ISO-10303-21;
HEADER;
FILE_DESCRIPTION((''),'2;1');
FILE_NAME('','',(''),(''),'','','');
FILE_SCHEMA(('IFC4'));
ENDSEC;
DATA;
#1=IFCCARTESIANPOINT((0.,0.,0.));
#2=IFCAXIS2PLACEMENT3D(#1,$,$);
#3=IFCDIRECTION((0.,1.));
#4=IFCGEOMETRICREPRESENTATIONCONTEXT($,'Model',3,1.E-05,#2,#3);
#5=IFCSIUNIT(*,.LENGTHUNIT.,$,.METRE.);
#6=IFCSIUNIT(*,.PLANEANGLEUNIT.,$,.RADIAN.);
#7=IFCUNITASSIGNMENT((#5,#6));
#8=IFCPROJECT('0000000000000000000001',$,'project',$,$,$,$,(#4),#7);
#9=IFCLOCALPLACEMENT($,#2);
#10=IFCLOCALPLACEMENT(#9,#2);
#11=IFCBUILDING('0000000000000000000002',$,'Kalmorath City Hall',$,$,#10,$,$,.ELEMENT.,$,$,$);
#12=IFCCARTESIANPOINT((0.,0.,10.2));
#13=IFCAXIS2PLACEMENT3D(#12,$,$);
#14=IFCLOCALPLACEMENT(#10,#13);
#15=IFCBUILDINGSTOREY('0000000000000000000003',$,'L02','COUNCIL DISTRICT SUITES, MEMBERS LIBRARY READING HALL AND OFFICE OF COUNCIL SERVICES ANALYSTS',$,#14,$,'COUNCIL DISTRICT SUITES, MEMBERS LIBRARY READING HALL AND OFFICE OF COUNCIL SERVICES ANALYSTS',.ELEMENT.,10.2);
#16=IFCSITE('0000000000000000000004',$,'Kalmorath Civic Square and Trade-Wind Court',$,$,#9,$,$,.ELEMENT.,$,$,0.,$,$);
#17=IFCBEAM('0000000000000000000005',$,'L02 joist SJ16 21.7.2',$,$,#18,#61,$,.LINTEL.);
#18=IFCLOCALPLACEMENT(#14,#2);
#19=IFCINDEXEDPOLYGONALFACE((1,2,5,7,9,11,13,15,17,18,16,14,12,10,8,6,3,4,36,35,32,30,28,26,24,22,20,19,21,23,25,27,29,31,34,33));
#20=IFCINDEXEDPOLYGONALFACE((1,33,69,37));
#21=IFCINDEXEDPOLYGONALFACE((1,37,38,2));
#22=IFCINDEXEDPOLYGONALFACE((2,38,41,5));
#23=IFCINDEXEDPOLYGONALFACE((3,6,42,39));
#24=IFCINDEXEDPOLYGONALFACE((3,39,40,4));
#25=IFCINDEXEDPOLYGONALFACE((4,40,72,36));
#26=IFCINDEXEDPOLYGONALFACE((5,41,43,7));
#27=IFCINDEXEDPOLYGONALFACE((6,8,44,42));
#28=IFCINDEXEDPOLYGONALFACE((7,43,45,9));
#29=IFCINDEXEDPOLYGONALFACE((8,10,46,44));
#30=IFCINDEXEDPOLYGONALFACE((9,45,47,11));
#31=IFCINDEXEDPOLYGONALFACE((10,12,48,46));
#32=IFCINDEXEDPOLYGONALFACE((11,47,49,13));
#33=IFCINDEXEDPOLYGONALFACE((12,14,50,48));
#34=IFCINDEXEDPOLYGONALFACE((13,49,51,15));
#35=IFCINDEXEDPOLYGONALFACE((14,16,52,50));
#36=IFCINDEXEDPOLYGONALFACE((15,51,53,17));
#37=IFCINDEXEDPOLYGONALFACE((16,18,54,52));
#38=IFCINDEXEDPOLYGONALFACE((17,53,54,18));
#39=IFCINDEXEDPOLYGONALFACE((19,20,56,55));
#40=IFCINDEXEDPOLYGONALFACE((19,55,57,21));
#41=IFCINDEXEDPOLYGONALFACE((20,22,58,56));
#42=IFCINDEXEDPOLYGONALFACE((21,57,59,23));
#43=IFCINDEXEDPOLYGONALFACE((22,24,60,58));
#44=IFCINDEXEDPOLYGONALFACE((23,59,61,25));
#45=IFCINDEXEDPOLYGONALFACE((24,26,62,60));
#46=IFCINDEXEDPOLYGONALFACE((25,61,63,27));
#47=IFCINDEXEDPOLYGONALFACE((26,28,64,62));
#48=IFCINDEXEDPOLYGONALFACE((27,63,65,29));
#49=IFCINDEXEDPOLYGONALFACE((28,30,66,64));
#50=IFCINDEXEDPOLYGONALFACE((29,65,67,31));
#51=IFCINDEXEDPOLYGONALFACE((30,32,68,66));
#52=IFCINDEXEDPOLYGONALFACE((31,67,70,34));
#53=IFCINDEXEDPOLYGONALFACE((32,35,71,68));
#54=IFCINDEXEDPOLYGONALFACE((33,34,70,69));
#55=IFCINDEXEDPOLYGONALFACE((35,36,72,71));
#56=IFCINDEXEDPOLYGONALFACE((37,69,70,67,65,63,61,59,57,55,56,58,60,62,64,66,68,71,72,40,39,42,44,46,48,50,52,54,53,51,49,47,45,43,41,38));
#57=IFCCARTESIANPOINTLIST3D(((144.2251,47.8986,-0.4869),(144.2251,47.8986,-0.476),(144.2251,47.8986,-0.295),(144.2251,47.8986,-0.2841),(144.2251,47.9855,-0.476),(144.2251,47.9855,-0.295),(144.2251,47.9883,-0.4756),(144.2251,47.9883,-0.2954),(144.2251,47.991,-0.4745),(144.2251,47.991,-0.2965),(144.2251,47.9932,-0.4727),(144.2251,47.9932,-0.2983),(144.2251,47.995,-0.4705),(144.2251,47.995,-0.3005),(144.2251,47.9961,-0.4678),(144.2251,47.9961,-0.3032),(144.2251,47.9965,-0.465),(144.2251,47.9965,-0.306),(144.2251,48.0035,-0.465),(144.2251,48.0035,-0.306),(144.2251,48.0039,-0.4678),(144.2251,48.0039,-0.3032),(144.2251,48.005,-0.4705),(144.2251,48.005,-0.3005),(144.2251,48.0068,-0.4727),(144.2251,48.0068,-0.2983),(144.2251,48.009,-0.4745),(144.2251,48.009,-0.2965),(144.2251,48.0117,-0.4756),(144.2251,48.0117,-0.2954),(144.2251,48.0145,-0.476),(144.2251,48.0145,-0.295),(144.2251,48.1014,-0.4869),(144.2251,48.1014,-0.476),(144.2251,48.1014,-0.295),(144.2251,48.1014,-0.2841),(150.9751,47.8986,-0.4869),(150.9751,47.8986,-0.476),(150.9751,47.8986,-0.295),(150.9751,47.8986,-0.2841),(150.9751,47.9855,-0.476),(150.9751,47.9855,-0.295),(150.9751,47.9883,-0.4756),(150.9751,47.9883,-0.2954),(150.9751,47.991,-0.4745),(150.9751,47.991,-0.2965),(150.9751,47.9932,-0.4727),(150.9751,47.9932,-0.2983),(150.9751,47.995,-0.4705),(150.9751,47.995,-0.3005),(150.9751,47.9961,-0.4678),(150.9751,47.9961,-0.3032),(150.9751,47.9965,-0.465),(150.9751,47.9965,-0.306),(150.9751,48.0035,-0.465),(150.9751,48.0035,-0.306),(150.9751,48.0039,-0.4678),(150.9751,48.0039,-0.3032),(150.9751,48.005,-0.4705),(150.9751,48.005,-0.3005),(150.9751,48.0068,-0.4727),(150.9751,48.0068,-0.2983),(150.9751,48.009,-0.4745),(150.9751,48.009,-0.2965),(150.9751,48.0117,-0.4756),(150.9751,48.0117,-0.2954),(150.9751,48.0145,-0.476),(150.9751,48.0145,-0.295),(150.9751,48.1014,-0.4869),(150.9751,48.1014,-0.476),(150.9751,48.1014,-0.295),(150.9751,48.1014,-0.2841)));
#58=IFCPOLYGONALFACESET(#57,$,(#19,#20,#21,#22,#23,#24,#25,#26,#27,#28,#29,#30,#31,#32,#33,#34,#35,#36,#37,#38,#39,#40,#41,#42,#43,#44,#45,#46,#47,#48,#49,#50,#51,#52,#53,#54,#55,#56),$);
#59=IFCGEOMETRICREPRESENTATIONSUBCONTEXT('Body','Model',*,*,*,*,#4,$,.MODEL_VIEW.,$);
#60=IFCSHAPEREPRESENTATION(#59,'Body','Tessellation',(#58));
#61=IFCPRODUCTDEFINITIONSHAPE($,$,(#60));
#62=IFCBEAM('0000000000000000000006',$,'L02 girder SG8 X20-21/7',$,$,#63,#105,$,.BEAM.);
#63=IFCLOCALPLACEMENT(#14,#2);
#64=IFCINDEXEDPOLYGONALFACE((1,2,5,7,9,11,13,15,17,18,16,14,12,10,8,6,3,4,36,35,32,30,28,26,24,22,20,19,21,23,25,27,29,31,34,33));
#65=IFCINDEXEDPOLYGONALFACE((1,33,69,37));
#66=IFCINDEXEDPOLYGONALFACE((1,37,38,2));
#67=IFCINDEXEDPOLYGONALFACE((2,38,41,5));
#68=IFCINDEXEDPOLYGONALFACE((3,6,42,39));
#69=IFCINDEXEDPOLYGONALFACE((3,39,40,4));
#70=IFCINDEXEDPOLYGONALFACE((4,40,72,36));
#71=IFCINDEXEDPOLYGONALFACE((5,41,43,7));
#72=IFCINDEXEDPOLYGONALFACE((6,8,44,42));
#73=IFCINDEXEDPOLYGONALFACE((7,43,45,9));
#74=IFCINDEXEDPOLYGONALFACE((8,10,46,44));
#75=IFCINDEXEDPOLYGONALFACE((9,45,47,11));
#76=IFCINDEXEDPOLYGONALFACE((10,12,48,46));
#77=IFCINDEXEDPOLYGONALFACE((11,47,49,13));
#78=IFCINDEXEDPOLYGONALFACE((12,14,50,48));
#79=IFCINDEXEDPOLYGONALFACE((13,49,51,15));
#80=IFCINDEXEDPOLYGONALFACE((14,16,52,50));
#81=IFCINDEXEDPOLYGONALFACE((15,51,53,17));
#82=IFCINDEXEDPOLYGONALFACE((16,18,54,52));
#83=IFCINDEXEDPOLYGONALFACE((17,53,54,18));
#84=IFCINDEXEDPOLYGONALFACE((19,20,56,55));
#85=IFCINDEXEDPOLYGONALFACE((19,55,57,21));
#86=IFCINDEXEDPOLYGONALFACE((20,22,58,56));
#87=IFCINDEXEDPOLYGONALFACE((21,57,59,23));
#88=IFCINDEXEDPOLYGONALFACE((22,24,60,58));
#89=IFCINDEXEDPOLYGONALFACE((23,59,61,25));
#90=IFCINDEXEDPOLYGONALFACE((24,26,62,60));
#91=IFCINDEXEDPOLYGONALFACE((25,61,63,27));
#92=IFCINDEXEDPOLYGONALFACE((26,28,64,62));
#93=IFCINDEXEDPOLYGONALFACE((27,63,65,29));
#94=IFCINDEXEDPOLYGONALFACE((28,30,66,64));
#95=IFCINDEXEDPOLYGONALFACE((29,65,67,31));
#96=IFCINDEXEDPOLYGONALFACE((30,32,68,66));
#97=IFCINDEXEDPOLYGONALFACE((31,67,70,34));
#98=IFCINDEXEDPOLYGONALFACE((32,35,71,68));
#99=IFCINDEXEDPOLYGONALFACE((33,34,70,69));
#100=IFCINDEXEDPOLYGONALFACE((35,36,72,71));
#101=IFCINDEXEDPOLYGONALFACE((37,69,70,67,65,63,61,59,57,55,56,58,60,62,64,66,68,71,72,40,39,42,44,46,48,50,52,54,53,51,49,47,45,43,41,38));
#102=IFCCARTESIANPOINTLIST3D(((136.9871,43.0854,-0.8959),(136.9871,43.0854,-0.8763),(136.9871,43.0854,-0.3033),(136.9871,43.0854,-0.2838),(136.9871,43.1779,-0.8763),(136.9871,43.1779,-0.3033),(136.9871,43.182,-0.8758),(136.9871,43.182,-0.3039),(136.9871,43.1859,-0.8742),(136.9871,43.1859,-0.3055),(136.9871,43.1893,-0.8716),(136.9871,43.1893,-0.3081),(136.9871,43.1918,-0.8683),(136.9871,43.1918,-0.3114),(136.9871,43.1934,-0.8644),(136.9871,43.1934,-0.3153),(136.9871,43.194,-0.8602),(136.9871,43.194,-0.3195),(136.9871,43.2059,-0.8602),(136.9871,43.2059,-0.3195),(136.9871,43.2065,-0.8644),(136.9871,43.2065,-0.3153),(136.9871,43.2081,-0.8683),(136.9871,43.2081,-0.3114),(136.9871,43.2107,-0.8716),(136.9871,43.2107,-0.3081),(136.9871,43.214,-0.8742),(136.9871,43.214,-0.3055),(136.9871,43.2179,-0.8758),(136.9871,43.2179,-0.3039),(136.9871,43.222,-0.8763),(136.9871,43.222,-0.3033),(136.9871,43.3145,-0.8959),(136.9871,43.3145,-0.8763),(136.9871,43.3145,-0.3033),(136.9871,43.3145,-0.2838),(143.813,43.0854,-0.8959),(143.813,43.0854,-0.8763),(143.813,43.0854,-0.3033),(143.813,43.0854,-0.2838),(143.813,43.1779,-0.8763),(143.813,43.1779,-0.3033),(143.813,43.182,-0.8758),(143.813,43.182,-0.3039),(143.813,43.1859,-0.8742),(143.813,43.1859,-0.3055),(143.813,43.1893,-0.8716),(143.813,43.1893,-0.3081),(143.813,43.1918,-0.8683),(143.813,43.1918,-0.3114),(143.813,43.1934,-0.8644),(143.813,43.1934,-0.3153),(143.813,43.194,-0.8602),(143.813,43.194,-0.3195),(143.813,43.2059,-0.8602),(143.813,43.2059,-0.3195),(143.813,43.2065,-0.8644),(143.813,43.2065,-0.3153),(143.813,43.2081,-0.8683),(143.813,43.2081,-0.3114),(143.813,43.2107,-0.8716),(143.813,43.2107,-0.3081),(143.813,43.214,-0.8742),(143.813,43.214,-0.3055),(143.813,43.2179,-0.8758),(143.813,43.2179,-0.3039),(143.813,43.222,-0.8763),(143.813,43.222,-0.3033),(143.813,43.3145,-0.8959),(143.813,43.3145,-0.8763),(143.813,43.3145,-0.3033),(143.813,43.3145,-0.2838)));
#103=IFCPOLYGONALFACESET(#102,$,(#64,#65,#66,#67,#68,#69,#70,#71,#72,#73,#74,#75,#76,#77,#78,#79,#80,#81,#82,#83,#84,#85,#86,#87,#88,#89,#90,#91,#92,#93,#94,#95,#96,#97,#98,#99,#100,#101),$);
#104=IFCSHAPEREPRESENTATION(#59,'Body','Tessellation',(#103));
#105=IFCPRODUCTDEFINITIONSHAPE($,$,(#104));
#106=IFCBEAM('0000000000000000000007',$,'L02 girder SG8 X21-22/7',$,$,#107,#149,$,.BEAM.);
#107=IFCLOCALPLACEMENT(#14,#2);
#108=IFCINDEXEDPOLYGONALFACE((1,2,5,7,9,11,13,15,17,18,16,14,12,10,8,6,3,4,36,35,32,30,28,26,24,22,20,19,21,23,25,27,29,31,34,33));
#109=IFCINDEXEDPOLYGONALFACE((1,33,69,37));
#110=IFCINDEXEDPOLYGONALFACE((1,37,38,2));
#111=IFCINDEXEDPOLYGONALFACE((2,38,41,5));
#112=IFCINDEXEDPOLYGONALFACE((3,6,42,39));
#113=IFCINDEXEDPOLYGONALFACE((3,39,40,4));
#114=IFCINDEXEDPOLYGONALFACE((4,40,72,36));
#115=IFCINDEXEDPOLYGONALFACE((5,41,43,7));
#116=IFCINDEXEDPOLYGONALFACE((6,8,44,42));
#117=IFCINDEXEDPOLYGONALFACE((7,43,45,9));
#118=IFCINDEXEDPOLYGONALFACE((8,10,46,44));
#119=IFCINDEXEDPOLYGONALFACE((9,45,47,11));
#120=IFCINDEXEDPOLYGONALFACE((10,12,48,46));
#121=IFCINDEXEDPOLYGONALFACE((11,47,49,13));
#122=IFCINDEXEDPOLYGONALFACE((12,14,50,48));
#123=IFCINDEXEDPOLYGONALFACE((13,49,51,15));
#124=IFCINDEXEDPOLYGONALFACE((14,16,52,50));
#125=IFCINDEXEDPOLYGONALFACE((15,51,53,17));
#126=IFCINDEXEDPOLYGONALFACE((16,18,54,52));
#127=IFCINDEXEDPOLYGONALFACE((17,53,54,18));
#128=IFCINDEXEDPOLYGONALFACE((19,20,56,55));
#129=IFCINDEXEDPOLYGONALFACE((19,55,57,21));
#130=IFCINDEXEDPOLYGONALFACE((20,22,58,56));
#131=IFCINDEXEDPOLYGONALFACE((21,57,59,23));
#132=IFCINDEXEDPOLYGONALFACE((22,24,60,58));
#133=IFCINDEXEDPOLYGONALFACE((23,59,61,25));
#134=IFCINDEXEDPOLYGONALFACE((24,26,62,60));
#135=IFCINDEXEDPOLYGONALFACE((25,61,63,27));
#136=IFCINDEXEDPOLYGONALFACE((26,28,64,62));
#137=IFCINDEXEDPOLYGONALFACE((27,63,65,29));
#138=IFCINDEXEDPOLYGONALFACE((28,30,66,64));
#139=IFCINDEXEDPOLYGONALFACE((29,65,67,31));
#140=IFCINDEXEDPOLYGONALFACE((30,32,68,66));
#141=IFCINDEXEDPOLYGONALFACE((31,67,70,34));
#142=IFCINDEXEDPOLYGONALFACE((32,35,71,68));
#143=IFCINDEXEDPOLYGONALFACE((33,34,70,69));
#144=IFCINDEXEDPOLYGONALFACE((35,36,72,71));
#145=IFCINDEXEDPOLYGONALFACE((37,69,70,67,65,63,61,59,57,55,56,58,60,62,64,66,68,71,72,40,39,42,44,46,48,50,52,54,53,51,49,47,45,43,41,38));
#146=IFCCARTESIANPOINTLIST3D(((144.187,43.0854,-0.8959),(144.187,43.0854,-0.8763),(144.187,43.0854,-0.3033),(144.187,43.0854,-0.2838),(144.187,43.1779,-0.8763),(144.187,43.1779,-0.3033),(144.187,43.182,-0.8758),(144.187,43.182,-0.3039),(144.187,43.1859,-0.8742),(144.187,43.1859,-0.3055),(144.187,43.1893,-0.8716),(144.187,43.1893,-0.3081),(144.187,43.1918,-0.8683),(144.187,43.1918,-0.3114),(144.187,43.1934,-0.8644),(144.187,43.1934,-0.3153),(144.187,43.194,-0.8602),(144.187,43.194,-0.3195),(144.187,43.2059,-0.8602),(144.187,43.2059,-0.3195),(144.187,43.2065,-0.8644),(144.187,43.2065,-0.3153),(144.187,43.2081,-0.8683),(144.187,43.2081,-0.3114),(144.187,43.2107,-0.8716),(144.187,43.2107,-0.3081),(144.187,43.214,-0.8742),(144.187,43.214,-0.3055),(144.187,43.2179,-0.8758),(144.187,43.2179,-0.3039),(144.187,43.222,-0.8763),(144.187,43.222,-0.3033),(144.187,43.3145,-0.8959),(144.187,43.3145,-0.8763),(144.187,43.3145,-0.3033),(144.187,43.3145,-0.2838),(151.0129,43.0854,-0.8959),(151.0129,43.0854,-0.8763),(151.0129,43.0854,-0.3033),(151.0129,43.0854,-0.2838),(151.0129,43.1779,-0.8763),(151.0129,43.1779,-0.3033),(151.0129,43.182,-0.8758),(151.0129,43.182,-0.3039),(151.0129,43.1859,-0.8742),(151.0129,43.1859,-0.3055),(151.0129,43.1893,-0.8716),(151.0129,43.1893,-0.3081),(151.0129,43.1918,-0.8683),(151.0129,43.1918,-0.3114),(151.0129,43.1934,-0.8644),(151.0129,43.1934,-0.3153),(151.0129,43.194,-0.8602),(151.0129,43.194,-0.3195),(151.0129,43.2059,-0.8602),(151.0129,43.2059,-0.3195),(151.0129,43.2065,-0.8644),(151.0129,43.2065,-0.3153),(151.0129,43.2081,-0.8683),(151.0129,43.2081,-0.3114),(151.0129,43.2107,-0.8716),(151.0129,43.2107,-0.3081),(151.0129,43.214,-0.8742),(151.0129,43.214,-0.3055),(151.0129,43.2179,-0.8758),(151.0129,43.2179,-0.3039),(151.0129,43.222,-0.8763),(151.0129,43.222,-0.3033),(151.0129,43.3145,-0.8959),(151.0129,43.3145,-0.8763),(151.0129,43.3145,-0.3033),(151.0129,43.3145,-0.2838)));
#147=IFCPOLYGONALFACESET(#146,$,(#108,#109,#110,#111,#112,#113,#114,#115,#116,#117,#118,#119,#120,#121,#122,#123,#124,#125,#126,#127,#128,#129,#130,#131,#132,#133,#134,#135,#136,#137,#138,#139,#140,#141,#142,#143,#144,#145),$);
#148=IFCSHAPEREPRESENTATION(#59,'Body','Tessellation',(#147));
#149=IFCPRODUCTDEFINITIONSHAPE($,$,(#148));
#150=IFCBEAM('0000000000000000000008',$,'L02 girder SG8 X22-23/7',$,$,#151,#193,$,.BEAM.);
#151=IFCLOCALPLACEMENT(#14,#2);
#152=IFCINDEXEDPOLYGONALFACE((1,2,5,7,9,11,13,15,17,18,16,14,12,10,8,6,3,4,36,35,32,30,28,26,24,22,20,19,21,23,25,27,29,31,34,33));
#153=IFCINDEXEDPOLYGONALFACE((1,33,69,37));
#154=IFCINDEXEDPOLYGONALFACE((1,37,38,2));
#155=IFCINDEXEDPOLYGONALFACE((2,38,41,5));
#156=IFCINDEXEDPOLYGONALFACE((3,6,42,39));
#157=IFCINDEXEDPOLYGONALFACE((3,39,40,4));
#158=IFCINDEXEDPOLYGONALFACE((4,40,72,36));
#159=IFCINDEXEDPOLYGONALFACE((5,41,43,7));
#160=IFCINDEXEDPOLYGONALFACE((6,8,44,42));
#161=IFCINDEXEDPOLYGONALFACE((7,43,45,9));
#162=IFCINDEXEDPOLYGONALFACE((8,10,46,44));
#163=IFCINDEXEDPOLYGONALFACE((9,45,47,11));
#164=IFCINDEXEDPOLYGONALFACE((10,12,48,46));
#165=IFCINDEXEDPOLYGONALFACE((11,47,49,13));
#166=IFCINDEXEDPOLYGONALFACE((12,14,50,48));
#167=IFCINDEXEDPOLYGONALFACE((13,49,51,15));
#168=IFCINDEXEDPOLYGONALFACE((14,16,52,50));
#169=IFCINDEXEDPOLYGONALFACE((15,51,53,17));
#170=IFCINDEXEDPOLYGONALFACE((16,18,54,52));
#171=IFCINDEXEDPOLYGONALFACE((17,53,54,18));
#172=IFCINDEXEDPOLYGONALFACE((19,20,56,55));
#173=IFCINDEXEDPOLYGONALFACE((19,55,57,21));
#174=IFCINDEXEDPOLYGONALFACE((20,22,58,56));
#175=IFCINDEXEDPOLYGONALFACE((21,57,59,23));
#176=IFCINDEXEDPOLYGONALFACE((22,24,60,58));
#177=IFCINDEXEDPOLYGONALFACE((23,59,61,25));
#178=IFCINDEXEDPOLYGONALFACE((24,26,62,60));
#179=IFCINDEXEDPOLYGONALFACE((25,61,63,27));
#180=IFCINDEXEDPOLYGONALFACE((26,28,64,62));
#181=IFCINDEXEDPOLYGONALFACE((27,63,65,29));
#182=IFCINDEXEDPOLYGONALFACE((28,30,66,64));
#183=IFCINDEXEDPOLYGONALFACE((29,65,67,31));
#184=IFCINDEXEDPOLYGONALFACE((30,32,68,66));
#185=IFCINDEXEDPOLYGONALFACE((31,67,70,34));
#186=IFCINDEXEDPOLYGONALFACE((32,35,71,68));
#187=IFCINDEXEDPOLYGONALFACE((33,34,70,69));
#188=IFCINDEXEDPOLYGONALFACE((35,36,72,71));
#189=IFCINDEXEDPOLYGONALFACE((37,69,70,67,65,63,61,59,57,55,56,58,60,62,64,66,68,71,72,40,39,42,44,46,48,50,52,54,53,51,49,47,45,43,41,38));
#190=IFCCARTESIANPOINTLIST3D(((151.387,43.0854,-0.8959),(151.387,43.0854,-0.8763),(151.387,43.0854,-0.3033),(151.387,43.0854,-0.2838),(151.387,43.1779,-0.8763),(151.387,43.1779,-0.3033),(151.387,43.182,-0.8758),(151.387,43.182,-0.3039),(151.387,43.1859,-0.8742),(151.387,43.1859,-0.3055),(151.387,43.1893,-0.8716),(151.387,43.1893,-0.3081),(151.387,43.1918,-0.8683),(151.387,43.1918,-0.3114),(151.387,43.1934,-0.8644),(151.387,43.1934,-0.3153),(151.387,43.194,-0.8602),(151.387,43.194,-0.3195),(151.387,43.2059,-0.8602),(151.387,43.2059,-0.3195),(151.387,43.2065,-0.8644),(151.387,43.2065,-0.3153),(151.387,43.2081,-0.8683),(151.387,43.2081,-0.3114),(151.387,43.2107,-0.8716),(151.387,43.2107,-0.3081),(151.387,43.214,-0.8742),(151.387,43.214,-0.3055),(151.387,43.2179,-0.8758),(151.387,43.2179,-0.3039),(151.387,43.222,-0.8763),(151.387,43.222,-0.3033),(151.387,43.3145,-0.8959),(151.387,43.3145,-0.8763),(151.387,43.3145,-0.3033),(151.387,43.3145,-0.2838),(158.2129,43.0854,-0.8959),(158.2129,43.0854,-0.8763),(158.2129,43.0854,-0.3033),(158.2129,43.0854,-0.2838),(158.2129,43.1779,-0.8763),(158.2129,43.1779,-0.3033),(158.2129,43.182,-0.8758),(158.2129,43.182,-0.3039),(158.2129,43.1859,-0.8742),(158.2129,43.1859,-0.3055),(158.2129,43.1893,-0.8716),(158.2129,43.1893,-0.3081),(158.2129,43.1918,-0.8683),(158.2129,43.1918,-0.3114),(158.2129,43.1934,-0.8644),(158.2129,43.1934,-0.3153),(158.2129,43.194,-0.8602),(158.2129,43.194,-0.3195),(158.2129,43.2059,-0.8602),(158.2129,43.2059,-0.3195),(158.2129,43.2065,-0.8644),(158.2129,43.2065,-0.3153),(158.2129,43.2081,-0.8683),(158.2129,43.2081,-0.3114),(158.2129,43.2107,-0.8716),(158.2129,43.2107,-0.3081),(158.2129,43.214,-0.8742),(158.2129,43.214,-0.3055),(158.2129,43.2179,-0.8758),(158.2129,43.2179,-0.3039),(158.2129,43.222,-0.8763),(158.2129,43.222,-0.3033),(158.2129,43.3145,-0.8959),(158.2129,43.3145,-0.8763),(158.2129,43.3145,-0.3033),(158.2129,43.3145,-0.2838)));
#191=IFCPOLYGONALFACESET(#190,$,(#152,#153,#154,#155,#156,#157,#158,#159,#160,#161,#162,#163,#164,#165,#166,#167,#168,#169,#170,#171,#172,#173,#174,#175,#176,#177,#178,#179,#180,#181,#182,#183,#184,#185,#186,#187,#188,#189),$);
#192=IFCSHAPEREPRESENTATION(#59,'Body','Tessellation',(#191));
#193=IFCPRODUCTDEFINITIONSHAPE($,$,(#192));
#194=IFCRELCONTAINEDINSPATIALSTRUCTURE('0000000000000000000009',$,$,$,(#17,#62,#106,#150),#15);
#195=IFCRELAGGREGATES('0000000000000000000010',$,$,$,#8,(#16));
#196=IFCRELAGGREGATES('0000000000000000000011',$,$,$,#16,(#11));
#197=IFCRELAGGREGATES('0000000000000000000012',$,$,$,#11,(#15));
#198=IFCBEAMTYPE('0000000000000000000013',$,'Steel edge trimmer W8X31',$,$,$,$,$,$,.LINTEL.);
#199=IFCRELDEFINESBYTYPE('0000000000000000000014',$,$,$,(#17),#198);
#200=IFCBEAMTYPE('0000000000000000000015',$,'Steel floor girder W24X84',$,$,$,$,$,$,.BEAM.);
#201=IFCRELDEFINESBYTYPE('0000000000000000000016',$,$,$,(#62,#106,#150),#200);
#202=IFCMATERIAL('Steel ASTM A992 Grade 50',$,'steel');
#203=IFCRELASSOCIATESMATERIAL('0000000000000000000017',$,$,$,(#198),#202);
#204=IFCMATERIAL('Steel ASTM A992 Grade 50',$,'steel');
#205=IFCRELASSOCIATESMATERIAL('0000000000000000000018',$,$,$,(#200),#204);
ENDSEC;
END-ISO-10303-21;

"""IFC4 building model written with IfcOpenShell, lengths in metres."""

from ifc_helpers import new_model, si_unit, direction, frame, origin, origin_2d, place, context, subcontext, project, spatial, i_section, extrude, material, material_profile, profile_set, type_object, element, save


model = new_model("IFC4")

# Units and contexts
model_context = context("Model", 3, precision=1e-05, world=origin(), true_north=direction((0.0, 1.0)))
body_context = subcontext(model_context, "Body", "Model", "MODEL_VIEW")
ifc_project = project(units=[si_unit("LENGTHUNIT", "METRE"), si_unit("PLANEANGLEUNIT", "RADIAN")], contexts=[model_context])

# Site, building, storey
site_placement = place(None, origin())
site = spatial("IfcSite", under=ifc_project, at=site_placement, Name="Kalmorath Civic Square and Trade-Wind Court", CompositionType="ELEMENT", RefElevation=0.0)
building_placement = place(site_placement, origin())
building = spatial("IfcBuilding", under=site, at=building_placement, Name="Kalmorath City Hall", CompositionType="ELEMENT")
storey_placement = place(building_placement, frame((0.0, 0.0, 10.2)))
storey = spatial("IfcBuildingStorey", under=building, at=storey_placement, Name="L02", Description="COUNCIL DISTRICT SUITES, MEMBERS LIBRARY READING HALL AND OFFICE OF COUNCIL SERVICES ANALYSTS", LongName="COUNCIL DISTRICT SUITES, MEMBERS LIBRARY READING HALL AND OFFICE OF COUNCIL SERVICES ANALYSTS", CompositionType="ELEMENT", Elevation=10.2)

# Beams
ifc_material_1 = material(Name="Steel ASTM A992 Grade 50", Category="steel")
ifc_material_profile_1 = material_profile(ifc_material_1, i_section(OverallWidth=0.2029, OverallDepth=0.2029, WebThickness=0.0071, FlangeThickness=0.011, FilletRadius=0.011, at=origin_2d()), Name="W8X31")
ifc_profile_set_1 = profile_set([ifc_material_profile_1], Name="Steel ASTM A992 Grade 50")
beam_type_1 = type_object("IfcBeamType", Name="Steel edge trimmer W8X31", PredefinedType="LINTEL", material=ifc_profile_set_1)
for number, where, z_axis, x_axis, name in (
    (1, (144.2251, 48.0, -0.3855), (1.0, 0.0, 0.0), (0.0, 1.0, 0.0), "L02 joist SJ16 21.7.2"),
):
    element("IfcBeam", number, at=place(storey_placement, frame(where, z_axis=z_axis, x_axis=x_axis)), inside=storey, type_object=beam_type_1, Name=name, PredefinedType="LINTEL", context=body_context, shape_type="SweptSolid", body=[
        extrude(i_section(OverallWidth=0.2029, OverallDepth=0.2029, WebThickness=0.0071, FlangeThickness=0.011, FilletRadius=0.011, at=origin_2d()), origin(), (0.0, 0.0, 1.0), 6.75),
    ])
ifc_material_2 = material(Name="Steel ASTM A992 Grade 50", Category="steel")
ifc_material_profile_2 = material_profile(ifc_material_2, i_section(OverallWidth=0.229, OverallDepth=0.6121, WebThickness=0.012, FlangeThickness=0.0195, FilletRadius=0.0161, at=origin_2d()), Name="W24X84")
ifc_profile_set_2 = profile_set([ifc_material_profile_2], Name="Steel ASTM A992 Grade 50")
beam_type_2 = type_object("IfcBeamType", Name="Steel floor girder W24X84", PredefinedType="BEAM", material=ifc_profile_set_2)
for number, where, z_axis, x_axis, name in (
    (2, (136.9871, 43.2, -0.5898), (1.0, 0.0, 0.0), (0.0, 1.0, 0.0), "L02 girder SG8 X20-21/7"),
    (3, (144.187, 43.2, -0.5898), (1.0, 0.0, 0.0), (0.0, 1.0, 0.0), "L02 girder SG8 X21-22/7"),
    (4, (151.387, 43.2, -0.5898), (1.0, 0.0, 0.0), (0.0, 1.0, 0.0), "L02 girder SG8 X22-23/7"),
):
    element("IfcBeam", number, at=place(storey_placement, frame(where, z_axis=z_axis, x_axis=x_axis)), inside=storey, type_object=beam_type_2, Name=name, PredefinedType="BEAM", context=body_context, shape_type="SweptSolid", body=[
        extrude(i_section(OverallWidth=0.229, OverallDepth=0.6121, WebThickness=0.012, FlangeThickness=0.0195, FilletRadius=0.0161, at=origin_2d()), origin(), (0.0, 0.0, 1.0), 6.8259),
    ])

save(model, "model.ifc")
